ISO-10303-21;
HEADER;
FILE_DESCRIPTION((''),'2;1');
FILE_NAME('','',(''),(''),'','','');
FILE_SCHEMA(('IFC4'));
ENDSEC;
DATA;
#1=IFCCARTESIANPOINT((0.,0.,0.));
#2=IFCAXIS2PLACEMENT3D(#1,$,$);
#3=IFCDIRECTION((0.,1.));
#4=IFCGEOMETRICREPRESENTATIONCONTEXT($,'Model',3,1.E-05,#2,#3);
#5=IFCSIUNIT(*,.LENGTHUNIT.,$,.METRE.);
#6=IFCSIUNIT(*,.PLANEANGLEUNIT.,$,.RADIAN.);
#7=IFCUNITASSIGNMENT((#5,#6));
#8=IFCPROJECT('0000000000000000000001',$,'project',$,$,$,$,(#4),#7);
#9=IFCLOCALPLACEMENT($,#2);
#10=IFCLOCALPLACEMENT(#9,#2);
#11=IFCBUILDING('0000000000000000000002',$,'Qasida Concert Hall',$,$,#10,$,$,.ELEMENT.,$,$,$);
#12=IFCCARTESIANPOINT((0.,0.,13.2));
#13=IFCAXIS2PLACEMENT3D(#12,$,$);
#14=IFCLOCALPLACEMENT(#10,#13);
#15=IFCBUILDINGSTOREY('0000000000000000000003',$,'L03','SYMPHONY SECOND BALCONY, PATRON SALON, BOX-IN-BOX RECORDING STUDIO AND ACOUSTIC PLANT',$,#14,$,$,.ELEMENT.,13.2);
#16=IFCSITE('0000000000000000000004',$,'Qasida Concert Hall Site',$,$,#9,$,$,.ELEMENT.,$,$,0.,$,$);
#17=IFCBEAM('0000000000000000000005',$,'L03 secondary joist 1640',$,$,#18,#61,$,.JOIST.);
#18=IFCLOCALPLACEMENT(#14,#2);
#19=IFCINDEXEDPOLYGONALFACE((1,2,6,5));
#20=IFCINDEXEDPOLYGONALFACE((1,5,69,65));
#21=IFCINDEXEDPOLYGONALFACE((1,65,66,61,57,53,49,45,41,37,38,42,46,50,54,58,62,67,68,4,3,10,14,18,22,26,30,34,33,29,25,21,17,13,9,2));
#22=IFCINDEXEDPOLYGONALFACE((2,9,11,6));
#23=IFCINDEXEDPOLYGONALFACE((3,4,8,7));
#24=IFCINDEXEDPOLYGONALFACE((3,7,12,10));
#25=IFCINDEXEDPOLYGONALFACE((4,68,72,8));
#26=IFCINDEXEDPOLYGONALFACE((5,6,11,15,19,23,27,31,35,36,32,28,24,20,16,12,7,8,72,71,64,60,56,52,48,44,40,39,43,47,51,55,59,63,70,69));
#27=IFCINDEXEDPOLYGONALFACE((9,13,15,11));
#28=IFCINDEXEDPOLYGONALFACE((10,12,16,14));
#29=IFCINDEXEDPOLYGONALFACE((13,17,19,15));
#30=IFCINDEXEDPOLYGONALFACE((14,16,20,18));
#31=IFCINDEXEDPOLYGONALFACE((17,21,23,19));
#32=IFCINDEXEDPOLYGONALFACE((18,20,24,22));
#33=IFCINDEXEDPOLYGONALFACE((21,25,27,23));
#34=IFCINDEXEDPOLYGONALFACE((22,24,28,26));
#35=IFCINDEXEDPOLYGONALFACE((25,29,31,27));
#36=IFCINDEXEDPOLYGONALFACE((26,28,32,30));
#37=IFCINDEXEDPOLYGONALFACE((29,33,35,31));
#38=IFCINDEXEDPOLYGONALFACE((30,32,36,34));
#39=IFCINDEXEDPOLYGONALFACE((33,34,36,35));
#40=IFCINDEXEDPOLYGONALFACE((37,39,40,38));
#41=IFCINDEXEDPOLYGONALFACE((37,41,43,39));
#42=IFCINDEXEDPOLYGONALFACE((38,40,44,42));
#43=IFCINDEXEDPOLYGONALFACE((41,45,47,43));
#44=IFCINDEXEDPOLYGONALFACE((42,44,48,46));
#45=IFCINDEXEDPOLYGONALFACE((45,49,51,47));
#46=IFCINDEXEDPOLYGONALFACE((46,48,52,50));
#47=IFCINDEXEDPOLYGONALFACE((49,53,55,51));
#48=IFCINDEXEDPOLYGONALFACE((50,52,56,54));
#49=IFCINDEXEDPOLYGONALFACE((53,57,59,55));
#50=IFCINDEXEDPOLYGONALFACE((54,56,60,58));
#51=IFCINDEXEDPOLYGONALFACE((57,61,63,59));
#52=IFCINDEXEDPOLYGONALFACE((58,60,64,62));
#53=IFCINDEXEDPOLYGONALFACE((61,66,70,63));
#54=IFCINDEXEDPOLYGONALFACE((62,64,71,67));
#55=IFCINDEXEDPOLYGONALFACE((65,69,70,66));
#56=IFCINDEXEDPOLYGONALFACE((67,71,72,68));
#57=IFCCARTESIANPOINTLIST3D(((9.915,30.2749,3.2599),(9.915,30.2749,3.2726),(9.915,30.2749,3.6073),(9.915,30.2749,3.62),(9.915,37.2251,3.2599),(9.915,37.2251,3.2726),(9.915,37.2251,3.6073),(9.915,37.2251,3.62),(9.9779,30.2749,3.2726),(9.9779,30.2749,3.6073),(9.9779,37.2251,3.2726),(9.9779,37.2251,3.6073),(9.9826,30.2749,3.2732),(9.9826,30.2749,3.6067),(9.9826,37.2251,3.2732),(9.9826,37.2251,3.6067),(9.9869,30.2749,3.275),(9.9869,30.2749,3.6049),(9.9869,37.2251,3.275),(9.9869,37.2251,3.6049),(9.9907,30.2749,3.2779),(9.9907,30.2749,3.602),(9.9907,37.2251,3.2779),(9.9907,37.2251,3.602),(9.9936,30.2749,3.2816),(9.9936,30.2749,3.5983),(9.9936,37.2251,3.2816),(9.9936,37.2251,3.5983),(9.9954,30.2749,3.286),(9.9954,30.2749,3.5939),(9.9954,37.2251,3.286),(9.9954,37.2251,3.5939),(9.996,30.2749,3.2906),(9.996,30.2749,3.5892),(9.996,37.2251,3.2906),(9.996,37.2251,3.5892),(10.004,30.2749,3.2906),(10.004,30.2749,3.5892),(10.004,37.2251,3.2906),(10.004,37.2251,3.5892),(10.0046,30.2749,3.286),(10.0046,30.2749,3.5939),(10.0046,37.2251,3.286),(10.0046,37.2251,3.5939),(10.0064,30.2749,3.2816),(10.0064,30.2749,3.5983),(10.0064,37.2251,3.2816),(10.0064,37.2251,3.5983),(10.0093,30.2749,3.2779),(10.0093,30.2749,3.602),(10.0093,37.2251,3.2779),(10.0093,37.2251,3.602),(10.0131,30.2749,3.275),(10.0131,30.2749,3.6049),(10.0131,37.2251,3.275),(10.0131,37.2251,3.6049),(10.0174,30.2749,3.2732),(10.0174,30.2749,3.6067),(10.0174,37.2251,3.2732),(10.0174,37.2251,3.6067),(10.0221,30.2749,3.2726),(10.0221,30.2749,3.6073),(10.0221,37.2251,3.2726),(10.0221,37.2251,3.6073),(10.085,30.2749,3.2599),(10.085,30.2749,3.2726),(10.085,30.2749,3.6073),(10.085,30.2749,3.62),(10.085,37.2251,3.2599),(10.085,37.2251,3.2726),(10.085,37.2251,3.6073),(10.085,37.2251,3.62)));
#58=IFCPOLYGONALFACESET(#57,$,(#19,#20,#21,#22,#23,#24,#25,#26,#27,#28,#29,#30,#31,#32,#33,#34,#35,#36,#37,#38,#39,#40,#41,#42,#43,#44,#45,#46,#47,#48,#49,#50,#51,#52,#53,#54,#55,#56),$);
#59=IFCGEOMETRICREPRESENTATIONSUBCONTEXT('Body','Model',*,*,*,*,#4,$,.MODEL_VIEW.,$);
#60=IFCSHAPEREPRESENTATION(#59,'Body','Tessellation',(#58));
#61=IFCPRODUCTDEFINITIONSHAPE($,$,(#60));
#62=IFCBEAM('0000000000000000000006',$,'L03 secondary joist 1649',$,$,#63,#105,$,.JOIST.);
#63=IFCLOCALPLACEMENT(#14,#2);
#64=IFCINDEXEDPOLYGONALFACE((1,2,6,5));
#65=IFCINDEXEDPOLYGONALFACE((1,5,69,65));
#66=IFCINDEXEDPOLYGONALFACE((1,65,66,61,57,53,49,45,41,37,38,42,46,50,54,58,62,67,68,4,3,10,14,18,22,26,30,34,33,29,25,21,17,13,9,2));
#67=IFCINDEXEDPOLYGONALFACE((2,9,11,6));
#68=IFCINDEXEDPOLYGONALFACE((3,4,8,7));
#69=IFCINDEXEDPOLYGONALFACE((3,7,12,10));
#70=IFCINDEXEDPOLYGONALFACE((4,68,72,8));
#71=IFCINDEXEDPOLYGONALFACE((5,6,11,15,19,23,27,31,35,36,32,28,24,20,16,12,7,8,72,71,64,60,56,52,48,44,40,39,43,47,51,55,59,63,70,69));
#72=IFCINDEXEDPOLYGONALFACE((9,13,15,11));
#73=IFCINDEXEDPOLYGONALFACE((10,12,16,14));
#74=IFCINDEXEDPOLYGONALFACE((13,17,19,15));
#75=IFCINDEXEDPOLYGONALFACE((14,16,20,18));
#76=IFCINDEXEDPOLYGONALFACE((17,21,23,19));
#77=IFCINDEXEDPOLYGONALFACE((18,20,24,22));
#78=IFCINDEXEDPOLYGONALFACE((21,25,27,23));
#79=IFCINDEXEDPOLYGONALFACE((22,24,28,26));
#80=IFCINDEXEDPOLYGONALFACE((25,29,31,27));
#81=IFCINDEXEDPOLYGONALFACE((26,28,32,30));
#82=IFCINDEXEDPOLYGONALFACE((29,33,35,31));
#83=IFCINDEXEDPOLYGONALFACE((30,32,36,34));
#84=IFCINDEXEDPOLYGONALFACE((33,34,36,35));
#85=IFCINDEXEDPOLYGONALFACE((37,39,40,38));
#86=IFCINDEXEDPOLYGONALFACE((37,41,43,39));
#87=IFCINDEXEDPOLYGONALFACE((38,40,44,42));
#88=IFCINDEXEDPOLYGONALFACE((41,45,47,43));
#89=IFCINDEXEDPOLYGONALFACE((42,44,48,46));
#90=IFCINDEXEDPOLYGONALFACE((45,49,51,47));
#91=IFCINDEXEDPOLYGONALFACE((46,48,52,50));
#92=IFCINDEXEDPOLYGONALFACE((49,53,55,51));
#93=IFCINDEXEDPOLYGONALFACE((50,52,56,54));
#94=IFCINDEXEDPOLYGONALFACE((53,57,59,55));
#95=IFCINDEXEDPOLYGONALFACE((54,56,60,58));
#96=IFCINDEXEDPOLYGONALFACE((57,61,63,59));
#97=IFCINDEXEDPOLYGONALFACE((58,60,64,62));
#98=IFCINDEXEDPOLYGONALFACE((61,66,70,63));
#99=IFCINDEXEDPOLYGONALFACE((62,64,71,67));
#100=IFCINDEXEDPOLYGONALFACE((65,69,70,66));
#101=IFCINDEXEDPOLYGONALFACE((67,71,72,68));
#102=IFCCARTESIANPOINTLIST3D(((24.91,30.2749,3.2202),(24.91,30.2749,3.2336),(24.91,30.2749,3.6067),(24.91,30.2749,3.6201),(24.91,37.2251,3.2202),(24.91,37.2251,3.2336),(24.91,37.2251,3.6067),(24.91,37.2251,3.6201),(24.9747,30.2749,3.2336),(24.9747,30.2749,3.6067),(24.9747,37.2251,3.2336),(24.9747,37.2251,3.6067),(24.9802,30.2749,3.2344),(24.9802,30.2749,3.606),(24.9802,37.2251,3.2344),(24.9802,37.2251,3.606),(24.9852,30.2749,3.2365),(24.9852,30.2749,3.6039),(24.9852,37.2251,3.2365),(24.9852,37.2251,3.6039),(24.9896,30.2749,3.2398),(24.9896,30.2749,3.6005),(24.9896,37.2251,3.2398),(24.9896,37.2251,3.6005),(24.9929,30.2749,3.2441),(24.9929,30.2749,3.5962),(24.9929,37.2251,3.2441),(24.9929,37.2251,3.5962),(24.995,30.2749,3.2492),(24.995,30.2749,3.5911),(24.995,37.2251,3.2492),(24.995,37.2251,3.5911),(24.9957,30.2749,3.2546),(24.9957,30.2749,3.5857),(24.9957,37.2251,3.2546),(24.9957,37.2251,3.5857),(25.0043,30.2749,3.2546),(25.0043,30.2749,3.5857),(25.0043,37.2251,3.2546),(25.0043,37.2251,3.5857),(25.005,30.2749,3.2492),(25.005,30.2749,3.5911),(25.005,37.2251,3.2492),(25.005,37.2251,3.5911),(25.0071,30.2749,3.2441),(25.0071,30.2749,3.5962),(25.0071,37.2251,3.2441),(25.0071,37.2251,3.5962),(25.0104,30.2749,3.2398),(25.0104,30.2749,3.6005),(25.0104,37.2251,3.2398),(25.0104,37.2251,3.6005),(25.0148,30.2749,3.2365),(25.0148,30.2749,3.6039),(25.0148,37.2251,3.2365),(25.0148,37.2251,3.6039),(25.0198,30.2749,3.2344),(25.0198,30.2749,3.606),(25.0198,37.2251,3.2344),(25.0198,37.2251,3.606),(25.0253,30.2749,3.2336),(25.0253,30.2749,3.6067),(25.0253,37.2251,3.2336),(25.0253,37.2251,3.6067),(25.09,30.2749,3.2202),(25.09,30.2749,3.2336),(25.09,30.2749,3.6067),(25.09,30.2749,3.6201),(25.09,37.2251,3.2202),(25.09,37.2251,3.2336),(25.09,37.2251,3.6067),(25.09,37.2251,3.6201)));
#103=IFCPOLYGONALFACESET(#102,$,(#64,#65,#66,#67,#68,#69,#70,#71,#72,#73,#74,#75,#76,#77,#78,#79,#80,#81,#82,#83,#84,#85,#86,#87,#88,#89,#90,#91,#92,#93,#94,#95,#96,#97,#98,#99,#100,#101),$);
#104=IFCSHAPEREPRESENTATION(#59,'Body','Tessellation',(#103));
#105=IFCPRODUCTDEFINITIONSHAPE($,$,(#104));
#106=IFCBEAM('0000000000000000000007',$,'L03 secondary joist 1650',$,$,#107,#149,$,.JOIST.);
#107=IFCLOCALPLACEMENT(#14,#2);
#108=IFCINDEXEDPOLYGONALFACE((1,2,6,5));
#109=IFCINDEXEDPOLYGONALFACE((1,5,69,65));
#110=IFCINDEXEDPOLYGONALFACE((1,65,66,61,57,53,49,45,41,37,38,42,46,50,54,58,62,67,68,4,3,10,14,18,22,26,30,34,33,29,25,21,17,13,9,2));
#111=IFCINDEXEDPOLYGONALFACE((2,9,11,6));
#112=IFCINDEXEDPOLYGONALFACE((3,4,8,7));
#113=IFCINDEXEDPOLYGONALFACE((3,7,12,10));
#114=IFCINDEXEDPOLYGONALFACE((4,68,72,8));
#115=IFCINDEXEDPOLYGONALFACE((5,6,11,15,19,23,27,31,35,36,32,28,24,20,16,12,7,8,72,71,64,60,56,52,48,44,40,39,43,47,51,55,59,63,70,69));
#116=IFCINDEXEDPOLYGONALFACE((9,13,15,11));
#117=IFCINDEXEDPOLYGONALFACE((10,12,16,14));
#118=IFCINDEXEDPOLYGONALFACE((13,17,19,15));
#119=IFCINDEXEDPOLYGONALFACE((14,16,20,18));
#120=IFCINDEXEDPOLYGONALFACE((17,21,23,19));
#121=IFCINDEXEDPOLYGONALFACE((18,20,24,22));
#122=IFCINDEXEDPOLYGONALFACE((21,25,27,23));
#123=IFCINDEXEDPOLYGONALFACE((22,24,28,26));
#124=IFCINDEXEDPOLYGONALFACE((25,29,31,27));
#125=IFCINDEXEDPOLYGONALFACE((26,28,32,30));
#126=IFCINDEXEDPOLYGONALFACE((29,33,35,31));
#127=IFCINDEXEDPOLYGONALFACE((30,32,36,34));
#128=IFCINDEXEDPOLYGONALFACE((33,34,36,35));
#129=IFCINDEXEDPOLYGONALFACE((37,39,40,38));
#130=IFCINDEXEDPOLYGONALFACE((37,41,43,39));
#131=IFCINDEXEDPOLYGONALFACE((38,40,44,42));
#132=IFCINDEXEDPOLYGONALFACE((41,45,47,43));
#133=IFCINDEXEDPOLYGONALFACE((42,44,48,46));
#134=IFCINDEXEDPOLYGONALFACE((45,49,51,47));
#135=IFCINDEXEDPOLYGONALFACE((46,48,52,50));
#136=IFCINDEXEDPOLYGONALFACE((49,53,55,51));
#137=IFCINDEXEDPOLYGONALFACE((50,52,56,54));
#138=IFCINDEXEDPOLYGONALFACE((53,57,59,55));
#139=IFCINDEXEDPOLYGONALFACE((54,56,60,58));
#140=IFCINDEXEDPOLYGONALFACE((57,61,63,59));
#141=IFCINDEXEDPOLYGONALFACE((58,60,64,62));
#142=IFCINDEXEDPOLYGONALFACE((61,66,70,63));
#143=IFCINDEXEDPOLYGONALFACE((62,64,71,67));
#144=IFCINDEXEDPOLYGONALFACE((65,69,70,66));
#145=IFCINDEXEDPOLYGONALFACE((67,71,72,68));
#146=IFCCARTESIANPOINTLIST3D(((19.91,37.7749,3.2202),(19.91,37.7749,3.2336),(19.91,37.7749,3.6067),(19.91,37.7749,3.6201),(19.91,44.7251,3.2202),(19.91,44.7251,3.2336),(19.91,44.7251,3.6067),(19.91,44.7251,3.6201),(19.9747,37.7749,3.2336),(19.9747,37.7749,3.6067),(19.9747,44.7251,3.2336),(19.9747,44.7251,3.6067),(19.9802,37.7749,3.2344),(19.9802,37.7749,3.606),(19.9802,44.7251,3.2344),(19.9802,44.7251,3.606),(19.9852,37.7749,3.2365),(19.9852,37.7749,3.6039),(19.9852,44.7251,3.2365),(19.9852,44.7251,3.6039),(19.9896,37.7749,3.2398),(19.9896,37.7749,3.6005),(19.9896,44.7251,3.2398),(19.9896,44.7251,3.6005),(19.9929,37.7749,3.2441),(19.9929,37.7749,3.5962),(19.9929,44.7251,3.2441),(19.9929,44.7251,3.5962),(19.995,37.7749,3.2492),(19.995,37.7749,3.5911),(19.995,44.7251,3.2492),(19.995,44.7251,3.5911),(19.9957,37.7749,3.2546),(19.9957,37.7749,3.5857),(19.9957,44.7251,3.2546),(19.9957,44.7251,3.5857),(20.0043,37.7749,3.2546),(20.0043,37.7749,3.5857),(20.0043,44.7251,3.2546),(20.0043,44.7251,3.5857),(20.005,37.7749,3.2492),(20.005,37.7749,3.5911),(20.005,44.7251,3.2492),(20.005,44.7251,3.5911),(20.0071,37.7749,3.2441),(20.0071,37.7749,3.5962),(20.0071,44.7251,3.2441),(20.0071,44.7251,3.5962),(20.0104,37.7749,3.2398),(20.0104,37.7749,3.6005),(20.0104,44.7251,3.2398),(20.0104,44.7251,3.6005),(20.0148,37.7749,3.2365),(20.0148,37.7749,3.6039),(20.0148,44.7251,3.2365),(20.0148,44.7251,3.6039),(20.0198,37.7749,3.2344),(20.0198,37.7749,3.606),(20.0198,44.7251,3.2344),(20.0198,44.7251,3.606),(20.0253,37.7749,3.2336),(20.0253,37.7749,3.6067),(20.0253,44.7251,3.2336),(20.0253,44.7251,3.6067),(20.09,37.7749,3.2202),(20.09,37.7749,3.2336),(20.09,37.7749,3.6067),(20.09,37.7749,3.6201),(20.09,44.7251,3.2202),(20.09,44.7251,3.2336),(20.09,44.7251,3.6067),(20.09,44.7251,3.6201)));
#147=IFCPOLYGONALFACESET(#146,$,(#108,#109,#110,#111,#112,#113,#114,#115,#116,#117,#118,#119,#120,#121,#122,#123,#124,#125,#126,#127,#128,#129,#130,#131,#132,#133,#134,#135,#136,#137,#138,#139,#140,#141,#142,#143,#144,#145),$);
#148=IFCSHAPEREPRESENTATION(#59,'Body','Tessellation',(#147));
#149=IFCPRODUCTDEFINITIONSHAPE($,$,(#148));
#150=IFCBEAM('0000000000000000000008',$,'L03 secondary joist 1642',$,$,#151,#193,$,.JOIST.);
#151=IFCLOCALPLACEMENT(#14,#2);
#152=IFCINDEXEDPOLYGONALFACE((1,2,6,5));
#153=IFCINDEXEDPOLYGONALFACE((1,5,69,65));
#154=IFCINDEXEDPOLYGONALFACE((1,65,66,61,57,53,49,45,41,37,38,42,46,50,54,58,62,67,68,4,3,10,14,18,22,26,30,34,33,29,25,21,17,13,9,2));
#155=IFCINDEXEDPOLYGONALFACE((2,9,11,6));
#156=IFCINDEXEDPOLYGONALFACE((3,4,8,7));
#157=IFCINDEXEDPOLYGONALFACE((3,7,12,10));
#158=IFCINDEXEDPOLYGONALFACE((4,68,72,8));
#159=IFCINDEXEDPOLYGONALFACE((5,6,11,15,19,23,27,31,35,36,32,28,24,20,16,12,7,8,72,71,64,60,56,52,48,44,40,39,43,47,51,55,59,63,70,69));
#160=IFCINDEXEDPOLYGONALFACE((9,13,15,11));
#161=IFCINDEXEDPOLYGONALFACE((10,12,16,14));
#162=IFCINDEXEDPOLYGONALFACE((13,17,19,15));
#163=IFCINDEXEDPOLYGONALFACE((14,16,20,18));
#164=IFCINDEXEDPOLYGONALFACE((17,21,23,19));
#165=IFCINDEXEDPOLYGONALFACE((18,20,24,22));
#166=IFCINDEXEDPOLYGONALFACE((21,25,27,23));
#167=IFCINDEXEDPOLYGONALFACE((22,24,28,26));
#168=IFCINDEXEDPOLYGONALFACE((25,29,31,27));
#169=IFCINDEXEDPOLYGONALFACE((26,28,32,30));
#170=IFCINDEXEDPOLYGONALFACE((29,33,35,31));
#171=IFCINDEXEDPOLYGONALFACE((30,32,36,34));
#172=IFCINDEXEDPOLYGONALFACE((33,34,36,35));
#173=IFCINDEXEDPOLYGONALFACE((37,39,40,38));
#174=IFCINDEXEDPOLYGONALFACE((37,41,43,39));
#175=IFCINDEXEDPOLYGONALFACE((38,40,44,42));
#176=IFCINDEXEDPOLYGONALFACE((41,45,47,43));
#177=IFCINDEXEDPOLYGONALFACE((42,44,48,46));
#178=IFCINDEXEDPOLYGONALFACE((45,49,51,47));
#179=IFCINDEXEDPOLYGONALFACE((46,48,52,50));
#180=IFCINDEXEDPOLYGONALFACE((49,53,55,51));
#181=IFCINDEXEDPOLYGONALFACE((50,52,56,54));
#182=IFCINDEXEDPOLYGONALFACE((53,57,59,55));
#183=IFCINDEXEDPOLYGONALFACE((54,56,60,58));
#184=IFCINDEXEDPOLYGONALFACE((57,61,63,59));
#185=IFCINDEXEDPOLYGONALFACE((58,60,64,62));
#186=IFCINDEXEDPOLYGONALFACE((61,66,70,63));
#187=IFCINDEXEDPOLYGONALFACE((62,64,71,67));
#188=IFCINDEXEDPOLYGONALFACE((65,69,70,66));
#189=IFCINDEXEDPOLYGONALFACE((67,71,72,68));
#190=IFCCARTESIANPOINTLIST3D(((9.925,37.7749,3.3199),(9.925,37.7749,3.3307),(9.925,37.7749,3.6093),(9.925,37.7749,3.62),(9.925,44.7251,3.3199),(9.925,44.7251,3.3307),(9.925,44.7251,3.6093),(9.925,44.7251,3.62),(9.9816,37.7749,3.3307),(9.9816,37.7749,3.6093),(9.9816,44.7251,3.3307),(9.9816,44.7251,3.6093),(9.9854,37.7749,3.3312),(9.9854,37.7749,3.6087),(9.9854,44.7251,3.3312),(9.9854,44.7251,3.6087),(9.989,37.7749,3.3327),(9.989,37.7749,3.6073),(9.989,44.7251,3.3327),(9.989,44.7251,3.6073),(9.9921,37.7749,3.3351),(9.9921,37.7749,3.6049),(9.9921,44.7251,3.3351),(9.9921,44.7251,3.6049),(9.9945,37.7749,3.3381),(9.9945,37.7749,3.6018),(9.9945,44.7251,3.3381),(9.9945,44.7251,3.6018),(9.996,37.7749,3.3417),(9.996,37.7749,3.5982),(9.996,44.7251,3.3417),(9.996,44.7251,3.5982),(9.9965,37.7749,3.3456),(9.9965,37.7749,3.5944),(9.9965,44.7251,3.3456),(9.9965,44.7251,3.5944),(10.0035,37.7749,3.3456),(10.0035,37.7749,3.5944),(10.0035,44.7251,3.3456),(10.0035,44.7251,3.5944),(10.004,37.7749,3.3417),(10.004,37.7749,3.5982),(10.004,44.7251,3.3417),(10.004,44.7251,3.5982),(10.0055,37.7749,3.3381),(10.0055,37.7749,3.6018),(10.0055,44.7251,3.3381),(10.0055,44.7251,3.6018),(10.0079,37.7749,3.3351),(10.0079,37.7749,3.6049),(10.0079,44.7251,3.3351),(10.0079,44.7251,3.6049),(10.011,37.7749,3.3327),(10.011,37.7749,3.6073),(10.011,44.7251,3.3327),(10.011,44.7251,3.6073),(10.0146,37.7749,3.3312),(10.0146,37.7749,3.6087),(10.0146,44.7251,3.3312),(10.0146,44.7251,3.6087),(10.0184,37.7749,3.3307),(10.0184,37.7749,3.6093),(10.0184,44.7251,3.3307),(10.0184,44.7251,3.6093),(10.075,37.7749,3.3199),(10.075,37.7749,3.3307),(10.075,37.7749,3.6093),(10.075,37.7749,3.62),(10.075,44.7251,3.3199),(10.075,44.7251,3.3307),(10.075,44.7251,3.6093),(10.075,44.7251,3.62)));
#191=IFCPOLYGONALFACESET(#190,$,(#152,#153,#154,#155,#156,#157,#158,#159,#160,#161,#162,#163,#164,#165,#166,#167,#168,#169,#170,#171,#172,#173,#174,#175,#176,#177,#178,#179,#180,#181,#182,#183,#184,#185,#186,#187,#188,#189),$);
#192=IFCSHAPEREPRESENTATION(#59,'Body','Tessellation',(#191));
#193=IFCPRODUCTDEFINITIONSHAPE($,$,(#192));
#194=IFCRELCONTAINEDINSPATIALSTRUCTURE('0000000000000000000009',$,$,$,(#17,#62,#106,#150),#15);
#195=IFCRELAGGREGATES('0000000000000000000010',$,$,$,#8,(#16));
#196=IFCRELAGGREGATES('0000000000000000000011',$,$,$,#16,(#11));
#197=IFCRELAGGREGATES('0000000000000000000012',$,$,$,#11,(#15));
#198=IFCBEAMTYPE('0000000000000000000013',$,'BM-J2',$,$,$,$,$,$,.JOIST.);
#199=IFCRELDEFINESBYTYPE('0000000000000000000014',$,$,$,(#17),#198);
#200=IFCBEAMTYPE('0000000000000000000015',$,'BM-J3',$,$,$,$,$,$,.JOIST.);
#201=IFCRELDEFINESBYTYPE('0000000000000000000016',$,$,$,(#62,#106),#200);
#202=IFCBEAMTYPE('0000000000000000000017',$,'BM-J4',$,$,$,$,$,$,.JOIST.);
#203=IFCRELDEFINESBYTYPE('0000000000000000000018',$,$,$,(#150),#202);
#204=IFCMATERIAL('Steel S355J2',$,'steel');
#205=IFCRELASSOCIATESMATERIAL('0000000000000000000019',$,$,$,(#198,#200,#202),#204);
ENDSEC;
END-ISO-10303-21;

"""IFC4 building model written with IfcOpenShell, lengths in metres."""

from ifc_helpers import new_model, si_unit, direction, frame, origin, origin_2d, place, context, subcontext, project, spatial, i_section, extrude, material, material_profile, profile_set, type_object, element, save


model = new_model("IFC4")

# Units and contexts
model_context = context("Model", 3, precision=1e-05, world=origin(), true_north=direction((0.0, 1.0)))
body_context = subcontext(model_context, "Body", "Model", "MODEL_VIEW")
ifc_project = project(units=[si_unit("LENGTHUNIT", "METRE"), si_unit("PLANEANGLEUNIT", "RADIAN")], contexts=[model_context])

# Site, building, storey
site_placement = place(None, origin())
site = spatial("IfcSite", under=ifc_project, at=site_placement, Name="Qasida Concert Hall Site", CompositionType="ELEMENT", RefElevation=0.0)
building_placement = place(site_placement, origin())
building = spatial("IfcBuilding", under=site, at=building_placement, Name="Qasida Concert Hall", CompositionType="ELEMENT")
storey_placement = place(building_placement, frame((0.0, 0.0, 13.2)))
storey = spatial("IfcBuildingStorey", under=building, at=storey_placement, Name="L03", Description="SYMPHONY SECOND BALCONY, PATRON SALON, BOX-IN-BOX RECORDING STUDIO AND ACOUSTIC PLANT", CompositionType="ELEMENT", Elevation=13.2)

# Beams
ifc_material_1 = material(Name="Steel S355J2", Category="steel")
ifc_material_profile_1 = material_profile(ifc_material_1, i_section(OverallWidth=0.1699, OverallDepth=0.3601, WebThickness=0.0081, FlangeThickness=0.0127, FilletRadius=0.0181, at=origin_2d()), Name="IPE 360")
ifc_profile_set_1 = profile_set([ifc_material_profile_1], Name="Steel S355J2")
beam_type_1 = type_object("IfcBeamType", Name="BM-J2", PredefinedType="JOIST", material=ifc_profile_set_1)
beam_1_placement = place(storey_placement, frame((10.0, 30.2749, 3.4399), z_axis=(0.0, 1.0, 0.0), x_axis=(-1.0, 0.0, 0.0)))
element("IfcBeam", 1, at=beam_1_placement, inside=storey, type_object=beam_type_1, Name="L03 secondary joist 1640", PredefinedType="JOIST", context=body_context, shape_type="SweptSolid", body=[
    extrude(i_section(OverallWidth=0.1699, OverallDepth=0.3601, WebThickness=0.0081, FlangeThickness=0.0127, FilletRadius=0.0181, at=origin_2d()), origin(), (0.0, 0.0, 1.0), 6.9502),
])
ifc_material_profile_2 = material_profile(ifc_material_1, i_section(OverallWidth=0.1799, OverallDepth=0.3999, WebThickness=0.0085, FlangeThickness=0.0134, FilletRadius=0.021, at=origin_2d()), Name="IPE 400")
ifc_profile_set_2 = profile_set([ifc_material_profile_2], Name="Steel S355J2")
beam_type_2 = type_object("IfcBeamType", Name="BM-J3", PredefinedType="JOIST", material=ifc_profile_set_2)
for number, where, z_axis, x_axis, name in (
    (2, (25.0, 30.2749, 3.4202), (0.0, 1.0, 0.0), (-1.0, 0.0, 0.0), "L03 secondary joist 1649"),
    (3, (20.0, 37.7749, 3.4202), (0.0, 1.0, 0.0), (-1.0, 0.0, 0.0), "L03 secondary joist 1650"),
):
    element("IfcBeam", number, at=place(storey_placement, frame(where, z_axis=z_axis, x_axis=x_axis)), inside=storey, type_object=beam_type_2, Name=name, PredefinedType="JOIST", context=body_context, shape_type="SweptSolid", body=[
        extrude(i_section(OverallWidth=0.1799, OverallDepth=0.3999, WebThickness=0.0085, FlangeThickness=0.0134, FilletRadius=0.021, at=origin_2d()), origin(), (0.0, 0.0, 1.0), 6.9502),
    ])
ifc_material_profile_3 = material_profile(ifc_material_1, i_section(OverallWidth=0.1499, OverallDepth=0.3, WebThickness=0.0071, FlangeThickness=0.0107, FilletRadius=0.0149, at=origin_2d()), Name="IPE 300")
ifc_profile_set_3 = profile_set([ifc_material_profile_3], Name="Steel S355J2")
beam_type_3 = type_object("IfcBeamType", Name="BM-J4", PredefinedType="JOIST", material=ifc_profile_set_3)
beam_2_placement = place(storey_placement, frame((10.0, 37.7749, 3.47), z_axis=(0.0, 1.0, 0.0), x_axis=(-1.0, 0.0, 0.0)))
element("IfcBeam", 4, at=beam_2_placement, inside=storey, type_object=beam_type_3, Name="L03 secondary joist 1642", PredefinedType="JOIST", context=body_context, shape_type="SweptSolid", body=[
    extrude(i_section(OverallWidth=0.1499, OverallDepth=0.3, WebThickness=0.0071, FlangeThickness=0.0107, FilletRadius=0.0149, at=origin_2d()), origin(), (0.0, 0.0, 1.0), 6.9502),
])

save(model, "model.ifc")
